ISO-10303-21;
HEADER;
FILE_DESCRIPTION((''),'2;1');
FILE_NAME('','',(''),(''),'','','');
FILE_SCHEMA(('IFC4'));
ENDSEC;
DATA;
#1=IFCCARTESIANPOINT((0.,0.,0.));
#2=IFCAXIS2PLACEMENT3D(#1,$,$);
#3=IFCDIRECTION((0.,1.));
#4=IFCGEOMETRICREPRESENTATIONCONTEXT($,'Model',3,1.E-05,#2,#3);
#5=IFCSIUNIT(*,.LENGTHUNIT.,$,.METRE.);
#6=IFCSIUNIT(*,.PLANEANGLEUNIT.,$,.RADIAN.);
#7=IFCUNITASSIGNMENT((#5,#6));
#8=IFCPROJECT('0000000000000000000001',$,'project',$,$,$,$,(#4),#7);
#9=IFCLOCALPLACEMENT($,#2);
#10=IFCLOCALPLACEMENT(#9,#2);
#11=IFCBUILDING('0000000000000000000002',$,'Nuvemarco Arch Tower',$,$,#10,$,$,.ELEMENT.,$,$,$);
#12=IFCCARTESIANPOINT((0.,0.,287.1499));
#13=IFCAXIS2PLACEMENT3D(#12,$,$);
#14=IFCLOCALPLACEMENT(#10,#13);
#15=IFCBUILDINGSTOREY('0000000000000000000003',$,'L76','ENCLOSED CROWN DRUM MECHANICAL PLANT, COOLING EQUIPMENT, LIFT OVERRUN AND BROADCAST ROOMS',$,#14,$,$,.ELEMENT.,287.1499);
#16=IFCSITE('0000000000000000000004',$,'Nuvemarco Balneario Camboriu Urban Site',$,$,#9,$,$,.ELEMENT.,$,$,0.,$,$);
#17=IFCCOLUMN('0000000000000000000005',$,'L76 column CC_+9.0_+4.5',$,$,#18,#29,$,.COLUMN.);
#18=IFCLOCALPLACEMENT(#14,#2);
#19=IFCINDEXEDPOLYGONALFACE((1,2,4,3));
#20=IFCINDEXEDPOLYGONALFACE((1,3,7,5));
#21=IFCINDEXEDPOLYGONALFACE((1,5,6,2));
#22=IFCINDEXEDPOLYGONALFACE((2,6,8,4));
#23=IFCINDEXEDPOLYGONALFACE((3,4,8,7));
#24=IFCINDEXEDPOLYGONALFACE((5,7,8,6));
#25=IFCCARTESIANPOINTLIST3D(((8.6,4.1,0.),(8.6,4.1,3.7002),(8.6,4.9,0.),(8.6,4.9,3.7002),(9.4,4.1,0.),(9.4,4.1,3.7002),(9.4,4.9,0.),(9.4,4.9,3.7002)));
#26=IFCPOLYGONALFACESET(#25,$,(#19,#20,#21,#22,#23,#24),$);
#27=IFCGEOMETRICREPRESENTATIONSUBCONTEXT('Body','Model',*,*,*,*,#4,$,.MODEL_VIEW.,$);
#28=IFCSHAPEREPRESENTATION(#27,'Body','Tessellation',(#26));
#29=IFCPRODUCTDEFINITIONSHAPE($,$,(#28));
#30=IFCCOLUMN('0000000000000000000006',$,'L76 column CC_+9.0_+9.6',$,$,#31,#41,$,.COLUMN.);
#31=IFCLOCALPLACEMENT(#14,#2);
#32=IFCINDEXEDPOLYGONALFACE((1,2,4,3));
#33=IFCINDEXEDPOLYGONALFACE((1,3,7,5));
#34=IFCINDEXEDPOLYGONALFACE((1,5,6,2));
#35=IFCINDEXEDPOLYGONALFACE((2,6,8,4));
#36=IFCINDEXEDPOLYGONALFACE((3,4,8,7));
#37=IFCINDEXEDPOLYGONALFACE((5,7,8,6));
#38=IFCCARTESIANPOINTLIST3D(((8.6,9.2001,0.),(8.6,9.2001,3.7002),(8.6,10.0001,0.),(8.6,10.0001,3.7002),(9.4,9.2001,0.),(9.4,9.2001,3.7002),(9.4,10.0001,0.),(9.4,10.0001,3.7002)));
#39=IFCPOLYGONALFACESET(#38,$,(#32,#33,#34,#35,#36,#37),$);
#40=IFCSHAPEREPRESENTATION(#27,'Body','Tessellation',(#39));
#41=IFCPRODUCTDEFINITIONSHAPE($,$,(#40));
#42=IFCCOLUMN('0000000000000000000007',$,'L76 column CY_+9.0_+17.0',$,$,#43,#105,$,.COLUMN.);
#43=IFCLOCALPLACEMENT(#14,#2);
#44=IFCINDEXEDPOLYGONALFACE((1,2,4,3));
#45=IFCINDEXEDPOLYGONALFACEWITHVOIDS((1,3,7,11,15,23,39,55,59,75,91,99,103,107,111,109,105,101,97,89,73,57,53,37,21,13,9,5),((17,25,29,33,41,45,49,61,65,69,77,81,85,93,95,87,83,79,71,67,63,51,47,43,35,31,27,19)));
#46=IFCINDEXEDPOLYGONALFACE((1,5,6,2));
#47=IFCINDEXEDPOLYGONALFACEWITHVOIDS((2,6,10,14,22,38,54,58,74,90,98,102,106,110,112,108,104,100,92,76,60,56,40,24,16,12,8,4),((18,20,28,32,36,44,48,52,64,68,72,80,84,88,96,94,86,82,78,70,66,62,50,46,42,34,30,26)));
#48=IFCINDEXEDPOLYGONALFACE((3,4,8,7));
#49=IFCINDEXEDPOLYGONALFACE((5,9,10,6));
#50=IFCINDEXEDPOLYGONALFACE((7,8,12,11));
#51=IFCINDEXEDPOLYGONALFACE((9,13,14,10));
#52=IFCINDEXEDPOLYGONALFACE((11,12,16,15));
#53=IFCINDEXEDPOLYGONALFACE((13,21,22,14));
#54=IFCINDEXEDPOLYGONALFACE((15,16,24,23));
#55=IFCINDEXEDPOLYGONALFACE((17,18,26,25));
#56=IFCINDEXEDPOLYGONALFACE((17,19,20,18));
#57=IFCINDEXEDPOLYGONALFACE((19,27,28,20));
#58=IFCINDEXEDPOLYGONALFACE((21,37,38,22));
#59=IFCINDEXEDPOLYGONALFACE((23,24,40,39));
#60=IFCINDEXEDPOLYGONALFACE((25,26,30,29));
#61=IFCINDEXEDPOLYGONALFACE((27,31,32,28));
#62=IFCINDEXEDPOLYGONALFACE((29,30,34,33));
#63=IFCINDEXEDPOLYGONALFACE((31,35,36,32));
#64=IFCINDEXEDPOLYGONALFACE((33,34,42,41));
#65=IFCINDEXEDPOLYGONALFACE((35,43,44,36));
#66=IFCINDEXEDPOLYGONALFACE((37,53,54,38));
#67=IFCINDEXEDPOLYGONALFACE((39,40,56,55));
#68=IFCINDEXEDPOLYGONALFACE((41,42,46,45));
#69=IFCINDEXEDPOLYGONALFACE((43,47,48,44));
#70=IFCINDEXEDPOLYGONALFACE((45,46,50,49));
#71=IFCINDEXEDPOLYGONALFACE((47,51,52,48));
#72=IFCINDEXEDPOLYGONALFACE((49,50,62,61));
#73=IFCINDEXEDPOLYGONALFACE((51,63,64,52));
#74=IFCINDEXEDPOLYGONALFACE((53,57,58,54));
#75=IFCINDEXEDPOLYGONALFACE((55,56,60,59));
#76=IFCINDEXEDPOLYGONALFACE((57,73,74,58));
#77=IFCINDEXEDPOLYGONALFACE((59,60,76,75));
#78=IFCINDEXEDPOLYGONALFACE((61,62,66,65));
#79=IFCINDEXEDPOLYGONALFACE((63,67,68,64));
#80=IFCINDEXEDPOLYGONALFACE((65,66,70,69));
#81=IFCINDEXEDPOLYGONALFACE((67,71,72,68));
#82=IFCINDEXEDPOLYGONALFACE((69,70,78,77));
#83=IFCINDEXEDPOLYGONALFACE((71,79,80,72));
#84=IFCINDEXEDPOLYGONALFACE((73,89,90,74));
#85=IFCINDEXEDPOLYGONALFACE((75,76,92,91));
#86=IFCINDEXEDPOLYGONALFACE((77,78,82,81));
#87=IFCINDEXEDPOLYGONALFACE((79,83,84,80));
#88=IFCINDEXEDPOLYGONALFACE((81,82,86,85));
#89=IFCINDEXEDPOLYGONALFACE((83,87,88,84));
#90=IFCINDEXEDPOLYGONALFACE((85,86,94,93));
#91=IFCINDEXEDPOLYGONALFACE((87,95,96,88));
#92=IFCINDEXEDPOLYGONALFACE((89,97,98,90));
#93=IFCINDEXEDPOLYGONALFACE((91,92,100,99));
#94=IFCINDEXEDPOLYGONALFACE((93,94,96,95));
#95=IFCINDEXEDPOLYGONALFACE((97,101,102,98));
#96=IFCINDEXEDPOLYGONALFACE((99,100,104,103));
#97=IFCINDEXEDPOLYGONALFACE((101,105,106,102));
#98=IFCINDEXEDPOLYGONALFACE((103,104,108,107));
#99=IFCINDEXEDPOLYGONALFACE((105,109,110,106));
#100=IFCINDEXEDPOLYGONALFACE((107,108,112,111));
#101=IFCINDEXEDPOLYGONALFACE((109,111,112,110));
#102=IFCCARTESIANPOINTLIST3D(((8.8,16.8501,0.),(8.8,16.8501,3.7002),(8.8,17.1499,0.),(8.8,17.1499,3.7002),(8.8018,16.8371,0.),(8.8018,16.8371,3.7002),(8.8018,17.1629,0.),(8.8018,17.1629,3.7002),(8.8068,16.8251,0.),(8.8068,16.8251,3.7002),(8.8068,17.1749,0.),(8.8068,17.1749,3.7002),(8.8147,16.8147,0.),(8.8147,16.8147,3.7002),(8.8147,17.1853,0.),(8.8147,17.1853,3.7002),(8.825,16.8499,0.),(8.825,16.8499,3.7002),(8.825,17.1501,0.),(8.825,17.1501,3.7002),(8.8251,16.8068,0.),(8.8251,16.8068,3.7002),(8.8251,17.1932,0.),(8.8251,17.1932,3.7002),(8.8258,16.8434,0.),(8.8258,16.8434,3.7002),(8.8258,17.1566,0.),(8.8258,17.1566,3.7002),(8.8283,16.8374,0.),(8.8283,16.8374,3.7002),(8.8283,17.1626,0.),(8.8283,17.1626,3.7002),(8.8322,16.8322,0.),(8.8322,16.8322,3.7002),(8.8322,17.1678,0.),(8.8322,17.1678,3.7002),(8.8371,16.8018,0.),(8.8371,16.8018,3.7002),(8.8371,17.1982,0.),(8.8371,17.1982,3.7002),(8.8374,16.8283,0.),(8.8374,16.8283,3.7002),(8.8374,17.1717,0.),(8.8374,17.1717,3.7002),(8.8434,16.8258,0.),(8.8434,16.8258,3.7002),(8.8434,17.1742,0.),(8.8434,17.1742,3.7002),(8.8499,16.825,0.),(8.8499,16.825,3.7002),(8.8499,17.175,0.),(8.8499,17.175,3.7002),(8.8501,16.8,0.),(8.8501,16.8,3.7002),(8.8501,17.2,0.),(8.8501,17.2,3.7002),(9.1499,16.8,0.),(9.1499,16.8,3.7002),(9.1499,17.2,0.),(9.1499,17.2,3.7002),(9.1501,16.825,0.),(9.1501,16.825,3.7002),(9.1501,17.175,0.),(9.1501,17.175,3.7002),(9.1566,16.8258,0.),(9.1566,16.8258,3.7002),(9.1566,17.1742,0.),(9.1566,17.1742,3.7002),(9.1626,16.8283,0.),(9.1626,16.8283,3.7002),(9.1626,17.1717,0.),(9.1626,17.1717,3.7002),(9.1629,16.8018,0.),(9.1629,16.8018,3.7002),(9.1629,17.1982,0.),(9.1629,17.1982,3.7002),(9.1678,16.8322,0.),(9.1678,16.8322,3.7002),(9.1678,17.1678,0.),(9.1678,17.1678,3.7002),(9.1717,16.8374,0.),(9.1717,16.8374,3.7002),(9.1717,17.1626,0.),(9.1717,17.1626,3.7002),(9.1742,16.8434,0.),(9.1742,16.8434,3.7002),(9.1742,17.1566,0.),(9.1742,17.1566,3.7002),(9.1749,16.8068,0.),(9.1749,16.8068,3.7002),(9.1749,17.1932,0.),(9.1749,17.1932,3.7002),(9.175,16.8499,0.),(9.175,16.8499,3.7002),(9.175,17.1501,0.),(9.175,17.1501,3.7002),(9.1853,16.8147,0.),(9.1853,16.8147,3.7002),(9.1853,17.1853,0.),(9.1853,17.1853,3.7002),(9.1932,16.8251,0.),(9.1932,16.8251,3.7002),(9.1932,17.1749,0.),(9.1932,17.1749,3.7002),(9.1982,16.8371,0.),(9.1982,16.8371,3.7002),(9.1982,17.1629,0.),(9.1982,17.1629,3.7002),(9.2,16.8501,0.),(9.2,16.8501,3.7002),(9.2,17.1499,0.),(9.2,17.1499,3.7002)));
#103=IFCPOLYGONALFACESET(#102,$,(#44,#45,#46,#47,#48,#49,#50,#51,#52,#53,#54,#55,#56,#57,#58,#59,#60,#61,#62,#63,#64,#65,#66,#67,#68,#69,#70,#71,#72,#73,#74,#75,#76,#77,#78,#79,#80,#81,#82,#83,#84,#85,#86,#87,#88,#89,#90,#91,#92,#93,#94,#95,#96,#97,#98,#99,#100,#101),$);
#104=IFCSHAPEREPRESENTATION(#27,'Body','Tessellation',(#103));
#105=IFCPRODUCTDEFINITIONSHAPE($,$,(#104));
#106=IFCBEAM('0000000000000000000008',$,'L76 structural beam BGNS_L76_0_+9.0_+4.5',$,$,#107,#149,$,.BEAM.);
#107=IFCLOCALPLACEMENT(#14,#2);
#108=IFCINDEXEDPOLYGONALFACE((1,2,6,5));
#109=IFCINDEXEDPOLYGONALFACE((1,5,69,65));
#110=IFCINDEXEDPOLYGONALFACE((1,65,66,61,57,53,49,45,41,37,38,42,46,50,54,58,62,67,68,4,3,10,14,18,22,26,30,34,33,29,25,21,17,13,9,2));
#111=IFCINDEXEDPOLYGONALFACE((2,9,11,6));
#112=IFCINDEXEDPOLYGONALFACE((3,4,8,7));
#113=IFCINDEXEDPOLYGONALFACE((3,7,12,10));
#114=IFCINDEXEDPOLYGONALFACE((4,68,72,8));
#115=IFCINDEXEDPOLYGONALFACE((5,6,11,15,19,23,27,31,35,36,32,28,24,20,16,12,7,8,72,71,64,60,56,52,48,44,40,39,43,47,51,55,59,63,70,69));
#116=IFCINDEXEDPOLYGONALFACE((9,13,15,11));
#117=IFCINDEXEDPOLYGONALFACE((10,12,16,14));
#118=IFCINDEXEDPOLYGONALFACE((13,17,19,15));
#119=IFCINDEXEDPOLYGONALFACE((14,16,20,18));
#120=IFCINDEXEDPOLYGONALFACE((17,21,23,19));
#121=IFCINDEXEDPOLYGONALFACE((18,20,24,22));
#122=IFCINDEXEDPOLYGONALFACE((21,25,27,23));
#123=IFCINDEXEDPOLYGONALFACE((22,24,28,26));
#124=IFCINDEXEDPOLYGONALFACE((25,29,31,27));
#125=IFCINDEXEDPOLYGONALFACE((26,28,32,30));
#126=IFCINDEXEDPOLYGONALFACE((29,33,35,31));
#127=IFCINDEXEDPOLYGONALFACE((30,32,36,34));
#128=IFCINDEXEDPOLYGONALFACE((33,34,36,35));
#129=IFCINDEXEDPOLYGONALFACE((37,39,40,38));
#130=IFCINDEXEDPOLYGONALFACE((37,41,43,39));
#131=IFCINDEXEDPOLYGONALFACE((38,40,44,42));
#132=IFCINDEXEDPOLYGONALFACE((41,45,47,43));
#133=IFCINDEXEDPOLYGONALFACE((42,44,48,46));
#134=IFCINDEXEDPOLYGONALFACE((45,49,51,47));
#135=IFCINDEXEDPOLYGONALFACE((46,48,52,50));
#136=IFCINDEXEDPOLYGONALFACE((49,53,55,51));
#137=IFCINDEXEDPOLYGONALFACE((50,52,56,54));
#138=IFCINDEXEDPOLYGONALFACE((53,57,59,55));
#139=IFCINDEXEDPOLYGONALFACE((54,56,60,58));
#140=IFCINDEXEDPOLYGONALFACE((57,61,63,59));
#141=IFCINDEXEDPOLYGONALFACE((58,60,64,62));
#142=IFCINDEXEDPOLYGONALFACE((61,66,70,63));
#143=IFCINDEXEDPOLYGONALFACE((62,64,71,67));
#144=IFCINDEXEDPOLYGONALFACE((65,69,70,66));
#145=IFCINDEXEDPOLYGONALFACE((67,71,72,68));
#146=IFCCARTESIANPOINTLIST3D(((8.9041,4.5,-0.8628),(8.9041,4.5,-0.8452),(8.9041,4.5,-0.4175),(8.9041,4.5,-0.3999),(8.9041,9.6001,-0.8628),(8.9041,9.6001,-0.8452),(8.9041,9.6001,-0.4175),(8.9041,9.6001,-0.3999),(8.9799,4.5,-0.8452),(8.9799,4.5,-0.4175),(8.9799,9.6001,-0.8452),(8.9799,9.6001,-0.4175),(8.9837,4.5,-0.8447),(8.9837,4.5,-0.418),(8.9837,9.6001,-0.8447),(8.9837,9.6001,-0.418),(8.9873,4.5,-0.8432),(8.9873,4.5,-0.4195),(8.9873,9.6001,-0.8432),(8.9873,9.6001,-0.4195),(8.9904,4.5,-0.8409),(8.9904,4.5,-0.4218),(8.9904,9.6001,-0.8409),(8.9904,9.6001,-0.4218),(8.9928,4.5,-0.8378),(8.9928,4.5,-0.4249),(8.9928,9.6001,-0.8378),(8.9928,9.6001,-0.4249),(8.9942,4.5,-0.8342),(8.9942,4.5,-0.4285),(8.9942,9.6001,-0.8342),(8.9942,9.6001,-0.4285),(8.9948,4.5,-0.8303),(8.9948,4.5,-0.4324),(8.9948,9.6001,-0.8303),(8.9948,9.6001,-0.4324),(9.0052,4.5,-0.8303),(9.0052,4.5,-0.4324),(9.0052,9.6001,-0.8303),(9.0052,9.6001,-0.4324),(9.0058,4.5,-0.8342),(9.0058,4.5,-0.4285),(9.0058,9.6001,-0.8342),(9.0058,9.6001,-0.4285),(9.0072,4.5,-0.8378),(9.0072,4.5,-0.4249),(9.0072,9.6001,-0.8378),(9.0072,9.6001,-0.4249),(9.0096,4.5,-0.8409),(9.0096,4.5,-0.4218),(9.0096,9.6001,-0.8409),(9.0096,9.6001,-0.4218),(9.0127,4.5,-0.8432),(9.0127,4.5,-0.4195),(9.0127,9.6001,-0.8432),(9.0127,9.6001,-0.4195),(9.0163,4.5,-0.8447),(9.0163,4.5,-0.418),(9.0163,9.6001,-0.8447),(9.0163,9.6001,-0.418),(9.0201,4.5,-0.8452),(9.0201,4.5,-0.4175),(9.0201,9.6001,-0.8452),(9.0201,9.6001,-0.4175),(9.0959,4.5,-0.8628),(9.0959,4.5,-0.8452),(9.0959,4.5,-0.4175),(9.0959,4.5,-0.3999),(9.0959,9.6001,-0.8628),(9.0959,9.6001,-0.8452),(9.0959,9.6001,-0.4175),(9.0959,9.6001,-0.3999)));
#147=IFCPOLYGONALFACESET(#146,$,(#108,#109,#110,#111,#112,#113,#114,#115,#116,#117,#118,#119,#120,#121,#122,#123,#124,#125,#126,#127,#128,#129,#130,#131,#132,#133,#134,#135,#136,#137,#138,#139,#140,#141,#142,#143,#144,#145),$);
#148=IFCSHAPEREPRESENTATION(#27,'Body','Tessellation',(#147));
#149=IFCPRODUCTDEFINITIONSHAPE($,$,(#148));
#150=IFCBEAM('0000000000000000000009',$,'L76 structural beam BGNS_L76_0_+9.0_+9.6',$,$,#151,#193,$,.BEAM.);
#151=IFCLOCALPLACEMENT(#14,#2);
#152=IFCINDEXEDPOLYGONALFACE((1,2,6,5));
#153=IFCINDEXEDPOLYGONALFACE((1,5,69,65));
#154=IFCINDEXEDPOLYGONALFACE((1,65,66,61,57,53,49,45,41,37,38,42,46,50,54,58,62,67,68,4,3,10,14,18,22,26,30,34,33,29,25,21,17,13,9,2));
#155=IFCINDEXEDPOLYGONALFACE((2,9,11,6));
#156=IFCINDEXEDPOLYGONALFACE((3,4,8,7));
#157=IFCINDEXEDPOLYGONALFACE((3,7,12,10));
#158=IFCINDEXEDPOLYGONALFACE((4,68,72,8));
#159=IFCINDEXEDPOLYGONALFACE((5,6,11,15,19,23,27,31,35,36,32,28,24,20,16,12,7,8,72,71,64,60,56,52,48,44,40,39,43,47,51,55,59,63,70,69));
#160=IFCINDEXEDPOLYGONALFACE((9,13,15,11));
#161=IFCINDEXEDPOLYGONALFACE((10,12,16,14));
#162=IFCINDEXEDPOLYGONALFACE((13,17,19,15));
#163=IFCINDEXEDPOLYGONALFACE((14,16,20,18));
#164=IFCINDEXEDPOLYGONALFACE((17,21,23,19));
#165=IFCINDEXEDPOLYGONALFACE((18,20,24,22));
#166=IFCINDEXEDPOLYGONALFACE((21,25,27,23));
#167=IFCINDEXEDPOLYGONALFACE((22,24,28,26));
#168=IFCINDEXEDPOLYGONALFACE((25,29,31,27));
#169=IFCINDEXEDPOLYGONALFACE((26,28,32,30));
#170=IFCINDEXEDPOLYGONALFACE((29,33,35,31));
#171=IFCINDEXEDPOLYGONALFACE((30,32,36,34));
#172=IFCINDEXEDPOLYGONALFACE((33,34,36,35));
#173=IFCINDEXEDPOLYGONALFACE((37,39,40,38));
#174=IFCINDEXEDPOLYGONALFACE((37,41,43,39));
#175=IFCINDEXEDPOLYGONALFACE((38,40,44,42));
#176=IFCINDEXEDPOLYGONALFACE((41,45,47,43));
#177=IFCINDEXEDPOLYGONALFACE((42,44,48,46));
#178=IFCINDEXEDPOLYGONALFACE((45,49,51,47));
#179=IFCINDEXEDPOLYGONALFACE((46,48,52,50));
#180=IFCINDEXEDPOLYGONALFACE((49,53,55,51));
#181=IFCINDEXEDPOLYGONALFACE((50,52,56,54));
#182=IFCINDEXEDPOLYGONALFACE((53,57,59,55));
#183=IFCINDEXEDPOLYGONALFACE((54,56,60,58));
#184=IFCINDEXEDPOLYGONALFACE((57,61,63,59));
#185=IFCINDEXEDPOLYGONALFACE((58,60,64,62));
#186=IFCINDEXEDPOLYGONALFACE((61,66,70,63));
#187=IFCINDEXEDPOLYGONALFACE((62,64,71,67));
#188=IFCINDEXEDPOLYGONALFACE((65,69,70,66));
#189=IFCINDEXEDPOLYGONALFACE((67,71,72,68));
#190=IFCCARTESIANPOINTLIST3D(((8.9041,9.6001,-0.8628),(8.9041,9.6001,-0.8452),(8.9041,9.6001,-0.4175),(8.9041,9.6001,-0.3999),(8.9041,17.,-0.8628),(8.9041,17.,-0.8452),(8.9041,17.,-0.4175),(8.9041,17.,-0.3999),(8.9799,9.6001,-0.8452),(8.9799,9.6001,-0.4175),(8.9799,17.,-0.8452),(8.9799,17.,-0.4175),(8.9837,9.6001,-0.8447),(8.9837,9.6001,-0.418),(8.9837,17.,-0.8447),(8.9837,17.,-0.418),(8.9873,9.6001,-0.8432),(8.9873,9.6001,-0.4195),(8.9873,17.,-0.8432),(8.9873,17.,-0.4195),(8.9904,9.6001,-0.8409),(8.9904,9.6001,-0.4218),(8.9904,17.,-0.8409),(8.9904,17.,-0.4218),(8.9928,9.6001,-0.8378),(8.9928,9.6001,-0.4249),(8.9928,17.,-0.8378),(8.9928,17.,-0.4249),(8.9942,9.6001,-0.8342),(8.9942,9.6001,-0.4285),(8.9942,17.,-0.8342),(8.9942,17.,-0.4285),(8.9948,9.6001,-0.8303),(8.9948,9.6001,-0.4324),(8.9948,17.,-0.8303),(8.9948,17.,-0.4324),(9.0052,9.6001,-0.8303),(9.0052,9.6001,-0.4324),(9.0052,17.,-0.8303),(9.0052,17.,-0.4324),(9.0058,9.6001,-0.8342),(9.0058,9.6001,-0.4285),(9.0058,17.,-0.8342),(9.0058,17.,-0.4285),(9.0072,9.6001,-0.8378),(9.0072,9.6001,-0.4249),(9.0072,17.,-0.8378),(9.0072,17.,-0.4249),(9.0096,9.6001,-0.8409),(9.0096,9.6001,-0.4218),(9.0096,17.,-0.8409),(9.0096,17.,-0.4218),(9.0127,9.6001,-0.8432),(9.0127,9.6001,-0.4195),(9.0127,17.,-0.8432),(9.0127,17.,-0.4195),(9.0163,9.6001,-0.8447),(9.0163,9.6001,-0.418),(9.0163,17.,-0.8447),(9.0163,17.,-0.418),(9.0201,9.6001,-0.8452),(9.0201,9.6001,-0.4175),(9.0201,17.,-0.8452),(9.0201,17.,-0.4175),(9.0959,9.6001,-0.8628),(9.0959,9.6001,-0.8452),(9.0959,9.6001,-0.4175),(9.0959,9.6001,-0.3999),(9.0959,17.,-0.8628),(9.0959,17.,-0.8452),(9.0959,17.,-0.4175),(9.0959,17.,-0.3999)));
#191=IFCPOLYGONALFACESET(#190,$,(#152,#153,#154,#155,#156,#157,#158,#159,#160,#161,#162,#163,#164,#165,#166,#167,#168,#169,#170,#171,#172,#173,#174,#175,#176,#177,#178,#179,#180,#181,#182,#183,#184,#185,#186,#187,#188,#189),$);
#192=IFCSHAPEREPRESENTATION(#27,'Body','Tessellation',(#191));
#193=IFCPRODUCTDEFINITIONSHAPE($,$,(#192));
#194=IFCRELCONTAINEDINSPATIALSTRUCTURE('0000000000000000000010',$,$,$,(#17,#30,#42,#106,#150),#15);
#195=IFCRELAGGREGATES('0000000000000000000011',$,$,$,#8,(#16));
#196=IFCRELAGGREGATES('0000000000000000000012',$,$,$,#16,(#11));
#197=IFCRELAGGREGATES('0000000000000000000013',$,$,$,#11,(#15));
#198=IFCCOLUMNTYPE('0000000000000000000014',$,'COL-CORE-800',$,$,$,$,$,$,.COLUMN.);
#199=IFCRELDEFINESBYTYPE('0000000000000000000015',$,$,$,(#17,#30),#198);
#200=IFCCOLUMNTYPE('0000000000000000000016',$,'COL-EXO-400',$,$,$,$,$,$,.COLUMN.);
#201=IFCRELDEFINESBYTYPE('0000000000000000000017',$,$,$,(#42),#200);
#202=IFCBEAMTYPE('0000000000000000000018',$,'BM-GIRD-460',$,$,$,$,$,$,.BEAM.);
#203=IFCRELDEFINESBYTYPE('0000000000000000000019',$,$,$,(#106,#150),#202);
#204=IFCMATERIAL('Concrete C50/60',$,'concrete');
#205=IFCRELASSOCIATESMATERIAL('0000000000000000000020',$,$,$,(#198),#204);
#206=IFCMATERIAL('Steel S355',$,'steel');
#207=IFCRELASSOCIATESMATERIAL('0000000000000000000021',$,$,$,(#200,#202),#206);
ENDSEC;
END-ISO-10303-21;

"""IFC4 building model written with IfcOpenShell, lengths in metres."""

from ifc_helpers import new_model, si_unit, direction, frame, origin, origin_2d, place, context, subcontext, project, spatial, rectangle, hollow_rectangle, i_section, extrude, material, material_profile, profile_set, type_object, element, save


model = new_model("IFC4")

# Units and contexts
model_context = context("Model", 3, precision=1e-05, world=origin(), true_north=direction((0.0, 1.0)))
body_context = subcontext(model_context, "Body", "Model", "MODEL_VIEW")
ifc_project = project(units=[si_unit("LENGTHUNIT", "METRE"), si_unit("PLANEANGLEUNIT", "RADIAN")], contexts=[model_context])

# Site, building, storey
site_placement = place(None, origin())
site = spatial("IfcSite", under=ifc_project, at=site_placement, Name="Nuvemarco Balneario Camboriu Urban Site", CompositionType="ELEMENT", RefElevation=0.0)
building_placement = place(site_placement, origin())
building = spatial("IfcBuilding", under=site, at=building_placement, Name="Nuvemarco Arch Tower", CompositionType="ELEMENT")
storey_placement = place(building_placement, frame((0.0, 0.0, 287.1499)))
storey = spatial("IfcBuildingStorey", under=building, at=storey_placement, Name="L76", Description="ENCLOSED CROWN DRUM MECHANICAL PLANT, COOLING EQUIPMENT, LIFT OVERRUN AND BROADCAST ROOMS", CompositionType="ELEMENT", Elevation=287.1499)

# Columns
ifc_material_1 = material(Name="Concrete C50/60", Category="concrete")
ifc_material_profile_1 = material_profile(ifc_material_1, rectangle(XDim=0.8, YDim=0.8, at=origin_2d()), Name="RC-COL-800x800")
ifc_profile_set_1 = profile_set([ifc_material_profile_1], Name="Concrete C50/60")
column_type_1 = type_object("IfcColumnType", Name="COL-CORE-800", PredefinedType="COLUMN", material=ifc_profile_set_1)
for number, where, z_axis, x_axis, name in (
    (1, (9.0, 4.5, 0.0), (0.0, 0.0, 1.0), (1.0, 0.0, 0.0), "L76 column CC_+9.0_+4.5"),
    (2, (9.0, 9.6001, 0.0), (0.0, 0.0, 1.0), (1.0, 0.0, 0.0), "L76 column CC_+9.0_+9.6"),
):
    element("IfcColumn", number, at=place(storey_placement, frame(where, z_axis=z_axis, x_axis=x_axis)), inside=storey, type_object=column_type_1, Name=name, PredefinedType="COLUMN", context=body_context, shape_type="SweptSolid", body=[
        extrude(rectangle(XDim=0.8, YDim=0.8, at=origin_2d()), origin(), (0.0, 0.0, 1.0), 3.7002),
    ])
ifc_material_2 = material(Name="Steel S355", Category="steel")
ifc_material_profile_2 = material_profile(ifc_material_2, hollow_rectangle(XDim=0.3999, YDim=0.3999, WallThickness=0.0249, InnerFilletRadius=0.0249, OuterFilletRadius=0.05, at=origin_2d()), Name="SHS400x400x25")
ifc_profile_set_2 = profile_set([ifc_material_profile_2], Name="Steel S355")
column_type_2 = type_object("IfcColumnType", Name="COL-EXO-400", PredefinedType="COLUMN", material=ifc_profile_set_2)
column_placement = place(storey_placement, frame((9.0, 17.0, 0.0), z_axis=(0.0, 0.0, 1.0), x_axis=(1.0, 0.0, 0.0)))
element("IfcColumn", 3, at=column_placement, inside=storey, type_object=column_type_2, Name="L76 column CY_+9.0_+17.0", PredefinedType="COLUMN", context=body_context, shape_type="SweptSolid", body=[
    extrude(hollow_rectangle(XDim=0.3999, YDim=0.3999, WallThickness=0.0249, InnerFilletRadius=0.0249, OuterFilletRadius=0.05, at=origin_2d()), origin(), (0.0, 0.0, 1.0), 3.7002),
])

# Beams
ifc_material_profile_3 = material_profile(ifc_material_2, i_section(OverallWidth=0.1919, OverallDepth=0.4629, WebThickness=0.0105, FlangeThickness=0.0176, FilletRadius=0.0149, at=origin_2d()), Name="W460x89")
ifc_profile_set_3 = profile_set([ifc_material_profile_3], Name="Steel S355")
beam_type = type_object("IfcBeamType", Name="BM-GIRD-460", PredefinedType="BEAM", material=ifc_profile_set_3)
beam_1_placement = place(storey_placement, frame((9.0, 4.5, -0.6313), z_axis=(0.0, 1.0, 0.0), x_axis=(-1.0, 0.0, 0.0)))
element("IfcBeam", 4, at=beam_1_placement, inside=storey, type_object=beam_type, Name="L76 structural beam BGNS_L76_0_+9.0_+4.5", PredefinedType="BEAM", context=body_context, shape_type="SweptSolid", body=[
    extrude(i_section(OverallWidth=0.1919, OverallDepth=0.4629, WebThickness=0.0105, FlangeThickness=0.0176, FilletRadius=0.0149, at=origin_2d()), origin(), (0.0, 0.0, 1.0), 5.1001),
])
beam_2_placement = place(storey_placement, frame((9.0, 9.6001, -0.6313), z_axis=(0.0, 1.0, 0.0), x_axis=(-1.0, 0.0, 0.0)))
element("IfcBeam", 5, at=beam_2_placement, inside=storey, type_object=beam_type, Name="L76 structural beam BGNS_L76_0_+9.0_+9.6", PredefinedType="BEAM", context=body_context, shape_type="SweptSolid", body=[
    extrude(i_section(OverallWidth=0.1919, OverallDepth=0.4629, WebThickness=0.0105, FlangeThickness=0.0176, FilletRadius=0.0149, at=origin_2d()), origin(), (0.0, 0.0, 1.0), 7.3999),
])

save(model, "model.ifc")
